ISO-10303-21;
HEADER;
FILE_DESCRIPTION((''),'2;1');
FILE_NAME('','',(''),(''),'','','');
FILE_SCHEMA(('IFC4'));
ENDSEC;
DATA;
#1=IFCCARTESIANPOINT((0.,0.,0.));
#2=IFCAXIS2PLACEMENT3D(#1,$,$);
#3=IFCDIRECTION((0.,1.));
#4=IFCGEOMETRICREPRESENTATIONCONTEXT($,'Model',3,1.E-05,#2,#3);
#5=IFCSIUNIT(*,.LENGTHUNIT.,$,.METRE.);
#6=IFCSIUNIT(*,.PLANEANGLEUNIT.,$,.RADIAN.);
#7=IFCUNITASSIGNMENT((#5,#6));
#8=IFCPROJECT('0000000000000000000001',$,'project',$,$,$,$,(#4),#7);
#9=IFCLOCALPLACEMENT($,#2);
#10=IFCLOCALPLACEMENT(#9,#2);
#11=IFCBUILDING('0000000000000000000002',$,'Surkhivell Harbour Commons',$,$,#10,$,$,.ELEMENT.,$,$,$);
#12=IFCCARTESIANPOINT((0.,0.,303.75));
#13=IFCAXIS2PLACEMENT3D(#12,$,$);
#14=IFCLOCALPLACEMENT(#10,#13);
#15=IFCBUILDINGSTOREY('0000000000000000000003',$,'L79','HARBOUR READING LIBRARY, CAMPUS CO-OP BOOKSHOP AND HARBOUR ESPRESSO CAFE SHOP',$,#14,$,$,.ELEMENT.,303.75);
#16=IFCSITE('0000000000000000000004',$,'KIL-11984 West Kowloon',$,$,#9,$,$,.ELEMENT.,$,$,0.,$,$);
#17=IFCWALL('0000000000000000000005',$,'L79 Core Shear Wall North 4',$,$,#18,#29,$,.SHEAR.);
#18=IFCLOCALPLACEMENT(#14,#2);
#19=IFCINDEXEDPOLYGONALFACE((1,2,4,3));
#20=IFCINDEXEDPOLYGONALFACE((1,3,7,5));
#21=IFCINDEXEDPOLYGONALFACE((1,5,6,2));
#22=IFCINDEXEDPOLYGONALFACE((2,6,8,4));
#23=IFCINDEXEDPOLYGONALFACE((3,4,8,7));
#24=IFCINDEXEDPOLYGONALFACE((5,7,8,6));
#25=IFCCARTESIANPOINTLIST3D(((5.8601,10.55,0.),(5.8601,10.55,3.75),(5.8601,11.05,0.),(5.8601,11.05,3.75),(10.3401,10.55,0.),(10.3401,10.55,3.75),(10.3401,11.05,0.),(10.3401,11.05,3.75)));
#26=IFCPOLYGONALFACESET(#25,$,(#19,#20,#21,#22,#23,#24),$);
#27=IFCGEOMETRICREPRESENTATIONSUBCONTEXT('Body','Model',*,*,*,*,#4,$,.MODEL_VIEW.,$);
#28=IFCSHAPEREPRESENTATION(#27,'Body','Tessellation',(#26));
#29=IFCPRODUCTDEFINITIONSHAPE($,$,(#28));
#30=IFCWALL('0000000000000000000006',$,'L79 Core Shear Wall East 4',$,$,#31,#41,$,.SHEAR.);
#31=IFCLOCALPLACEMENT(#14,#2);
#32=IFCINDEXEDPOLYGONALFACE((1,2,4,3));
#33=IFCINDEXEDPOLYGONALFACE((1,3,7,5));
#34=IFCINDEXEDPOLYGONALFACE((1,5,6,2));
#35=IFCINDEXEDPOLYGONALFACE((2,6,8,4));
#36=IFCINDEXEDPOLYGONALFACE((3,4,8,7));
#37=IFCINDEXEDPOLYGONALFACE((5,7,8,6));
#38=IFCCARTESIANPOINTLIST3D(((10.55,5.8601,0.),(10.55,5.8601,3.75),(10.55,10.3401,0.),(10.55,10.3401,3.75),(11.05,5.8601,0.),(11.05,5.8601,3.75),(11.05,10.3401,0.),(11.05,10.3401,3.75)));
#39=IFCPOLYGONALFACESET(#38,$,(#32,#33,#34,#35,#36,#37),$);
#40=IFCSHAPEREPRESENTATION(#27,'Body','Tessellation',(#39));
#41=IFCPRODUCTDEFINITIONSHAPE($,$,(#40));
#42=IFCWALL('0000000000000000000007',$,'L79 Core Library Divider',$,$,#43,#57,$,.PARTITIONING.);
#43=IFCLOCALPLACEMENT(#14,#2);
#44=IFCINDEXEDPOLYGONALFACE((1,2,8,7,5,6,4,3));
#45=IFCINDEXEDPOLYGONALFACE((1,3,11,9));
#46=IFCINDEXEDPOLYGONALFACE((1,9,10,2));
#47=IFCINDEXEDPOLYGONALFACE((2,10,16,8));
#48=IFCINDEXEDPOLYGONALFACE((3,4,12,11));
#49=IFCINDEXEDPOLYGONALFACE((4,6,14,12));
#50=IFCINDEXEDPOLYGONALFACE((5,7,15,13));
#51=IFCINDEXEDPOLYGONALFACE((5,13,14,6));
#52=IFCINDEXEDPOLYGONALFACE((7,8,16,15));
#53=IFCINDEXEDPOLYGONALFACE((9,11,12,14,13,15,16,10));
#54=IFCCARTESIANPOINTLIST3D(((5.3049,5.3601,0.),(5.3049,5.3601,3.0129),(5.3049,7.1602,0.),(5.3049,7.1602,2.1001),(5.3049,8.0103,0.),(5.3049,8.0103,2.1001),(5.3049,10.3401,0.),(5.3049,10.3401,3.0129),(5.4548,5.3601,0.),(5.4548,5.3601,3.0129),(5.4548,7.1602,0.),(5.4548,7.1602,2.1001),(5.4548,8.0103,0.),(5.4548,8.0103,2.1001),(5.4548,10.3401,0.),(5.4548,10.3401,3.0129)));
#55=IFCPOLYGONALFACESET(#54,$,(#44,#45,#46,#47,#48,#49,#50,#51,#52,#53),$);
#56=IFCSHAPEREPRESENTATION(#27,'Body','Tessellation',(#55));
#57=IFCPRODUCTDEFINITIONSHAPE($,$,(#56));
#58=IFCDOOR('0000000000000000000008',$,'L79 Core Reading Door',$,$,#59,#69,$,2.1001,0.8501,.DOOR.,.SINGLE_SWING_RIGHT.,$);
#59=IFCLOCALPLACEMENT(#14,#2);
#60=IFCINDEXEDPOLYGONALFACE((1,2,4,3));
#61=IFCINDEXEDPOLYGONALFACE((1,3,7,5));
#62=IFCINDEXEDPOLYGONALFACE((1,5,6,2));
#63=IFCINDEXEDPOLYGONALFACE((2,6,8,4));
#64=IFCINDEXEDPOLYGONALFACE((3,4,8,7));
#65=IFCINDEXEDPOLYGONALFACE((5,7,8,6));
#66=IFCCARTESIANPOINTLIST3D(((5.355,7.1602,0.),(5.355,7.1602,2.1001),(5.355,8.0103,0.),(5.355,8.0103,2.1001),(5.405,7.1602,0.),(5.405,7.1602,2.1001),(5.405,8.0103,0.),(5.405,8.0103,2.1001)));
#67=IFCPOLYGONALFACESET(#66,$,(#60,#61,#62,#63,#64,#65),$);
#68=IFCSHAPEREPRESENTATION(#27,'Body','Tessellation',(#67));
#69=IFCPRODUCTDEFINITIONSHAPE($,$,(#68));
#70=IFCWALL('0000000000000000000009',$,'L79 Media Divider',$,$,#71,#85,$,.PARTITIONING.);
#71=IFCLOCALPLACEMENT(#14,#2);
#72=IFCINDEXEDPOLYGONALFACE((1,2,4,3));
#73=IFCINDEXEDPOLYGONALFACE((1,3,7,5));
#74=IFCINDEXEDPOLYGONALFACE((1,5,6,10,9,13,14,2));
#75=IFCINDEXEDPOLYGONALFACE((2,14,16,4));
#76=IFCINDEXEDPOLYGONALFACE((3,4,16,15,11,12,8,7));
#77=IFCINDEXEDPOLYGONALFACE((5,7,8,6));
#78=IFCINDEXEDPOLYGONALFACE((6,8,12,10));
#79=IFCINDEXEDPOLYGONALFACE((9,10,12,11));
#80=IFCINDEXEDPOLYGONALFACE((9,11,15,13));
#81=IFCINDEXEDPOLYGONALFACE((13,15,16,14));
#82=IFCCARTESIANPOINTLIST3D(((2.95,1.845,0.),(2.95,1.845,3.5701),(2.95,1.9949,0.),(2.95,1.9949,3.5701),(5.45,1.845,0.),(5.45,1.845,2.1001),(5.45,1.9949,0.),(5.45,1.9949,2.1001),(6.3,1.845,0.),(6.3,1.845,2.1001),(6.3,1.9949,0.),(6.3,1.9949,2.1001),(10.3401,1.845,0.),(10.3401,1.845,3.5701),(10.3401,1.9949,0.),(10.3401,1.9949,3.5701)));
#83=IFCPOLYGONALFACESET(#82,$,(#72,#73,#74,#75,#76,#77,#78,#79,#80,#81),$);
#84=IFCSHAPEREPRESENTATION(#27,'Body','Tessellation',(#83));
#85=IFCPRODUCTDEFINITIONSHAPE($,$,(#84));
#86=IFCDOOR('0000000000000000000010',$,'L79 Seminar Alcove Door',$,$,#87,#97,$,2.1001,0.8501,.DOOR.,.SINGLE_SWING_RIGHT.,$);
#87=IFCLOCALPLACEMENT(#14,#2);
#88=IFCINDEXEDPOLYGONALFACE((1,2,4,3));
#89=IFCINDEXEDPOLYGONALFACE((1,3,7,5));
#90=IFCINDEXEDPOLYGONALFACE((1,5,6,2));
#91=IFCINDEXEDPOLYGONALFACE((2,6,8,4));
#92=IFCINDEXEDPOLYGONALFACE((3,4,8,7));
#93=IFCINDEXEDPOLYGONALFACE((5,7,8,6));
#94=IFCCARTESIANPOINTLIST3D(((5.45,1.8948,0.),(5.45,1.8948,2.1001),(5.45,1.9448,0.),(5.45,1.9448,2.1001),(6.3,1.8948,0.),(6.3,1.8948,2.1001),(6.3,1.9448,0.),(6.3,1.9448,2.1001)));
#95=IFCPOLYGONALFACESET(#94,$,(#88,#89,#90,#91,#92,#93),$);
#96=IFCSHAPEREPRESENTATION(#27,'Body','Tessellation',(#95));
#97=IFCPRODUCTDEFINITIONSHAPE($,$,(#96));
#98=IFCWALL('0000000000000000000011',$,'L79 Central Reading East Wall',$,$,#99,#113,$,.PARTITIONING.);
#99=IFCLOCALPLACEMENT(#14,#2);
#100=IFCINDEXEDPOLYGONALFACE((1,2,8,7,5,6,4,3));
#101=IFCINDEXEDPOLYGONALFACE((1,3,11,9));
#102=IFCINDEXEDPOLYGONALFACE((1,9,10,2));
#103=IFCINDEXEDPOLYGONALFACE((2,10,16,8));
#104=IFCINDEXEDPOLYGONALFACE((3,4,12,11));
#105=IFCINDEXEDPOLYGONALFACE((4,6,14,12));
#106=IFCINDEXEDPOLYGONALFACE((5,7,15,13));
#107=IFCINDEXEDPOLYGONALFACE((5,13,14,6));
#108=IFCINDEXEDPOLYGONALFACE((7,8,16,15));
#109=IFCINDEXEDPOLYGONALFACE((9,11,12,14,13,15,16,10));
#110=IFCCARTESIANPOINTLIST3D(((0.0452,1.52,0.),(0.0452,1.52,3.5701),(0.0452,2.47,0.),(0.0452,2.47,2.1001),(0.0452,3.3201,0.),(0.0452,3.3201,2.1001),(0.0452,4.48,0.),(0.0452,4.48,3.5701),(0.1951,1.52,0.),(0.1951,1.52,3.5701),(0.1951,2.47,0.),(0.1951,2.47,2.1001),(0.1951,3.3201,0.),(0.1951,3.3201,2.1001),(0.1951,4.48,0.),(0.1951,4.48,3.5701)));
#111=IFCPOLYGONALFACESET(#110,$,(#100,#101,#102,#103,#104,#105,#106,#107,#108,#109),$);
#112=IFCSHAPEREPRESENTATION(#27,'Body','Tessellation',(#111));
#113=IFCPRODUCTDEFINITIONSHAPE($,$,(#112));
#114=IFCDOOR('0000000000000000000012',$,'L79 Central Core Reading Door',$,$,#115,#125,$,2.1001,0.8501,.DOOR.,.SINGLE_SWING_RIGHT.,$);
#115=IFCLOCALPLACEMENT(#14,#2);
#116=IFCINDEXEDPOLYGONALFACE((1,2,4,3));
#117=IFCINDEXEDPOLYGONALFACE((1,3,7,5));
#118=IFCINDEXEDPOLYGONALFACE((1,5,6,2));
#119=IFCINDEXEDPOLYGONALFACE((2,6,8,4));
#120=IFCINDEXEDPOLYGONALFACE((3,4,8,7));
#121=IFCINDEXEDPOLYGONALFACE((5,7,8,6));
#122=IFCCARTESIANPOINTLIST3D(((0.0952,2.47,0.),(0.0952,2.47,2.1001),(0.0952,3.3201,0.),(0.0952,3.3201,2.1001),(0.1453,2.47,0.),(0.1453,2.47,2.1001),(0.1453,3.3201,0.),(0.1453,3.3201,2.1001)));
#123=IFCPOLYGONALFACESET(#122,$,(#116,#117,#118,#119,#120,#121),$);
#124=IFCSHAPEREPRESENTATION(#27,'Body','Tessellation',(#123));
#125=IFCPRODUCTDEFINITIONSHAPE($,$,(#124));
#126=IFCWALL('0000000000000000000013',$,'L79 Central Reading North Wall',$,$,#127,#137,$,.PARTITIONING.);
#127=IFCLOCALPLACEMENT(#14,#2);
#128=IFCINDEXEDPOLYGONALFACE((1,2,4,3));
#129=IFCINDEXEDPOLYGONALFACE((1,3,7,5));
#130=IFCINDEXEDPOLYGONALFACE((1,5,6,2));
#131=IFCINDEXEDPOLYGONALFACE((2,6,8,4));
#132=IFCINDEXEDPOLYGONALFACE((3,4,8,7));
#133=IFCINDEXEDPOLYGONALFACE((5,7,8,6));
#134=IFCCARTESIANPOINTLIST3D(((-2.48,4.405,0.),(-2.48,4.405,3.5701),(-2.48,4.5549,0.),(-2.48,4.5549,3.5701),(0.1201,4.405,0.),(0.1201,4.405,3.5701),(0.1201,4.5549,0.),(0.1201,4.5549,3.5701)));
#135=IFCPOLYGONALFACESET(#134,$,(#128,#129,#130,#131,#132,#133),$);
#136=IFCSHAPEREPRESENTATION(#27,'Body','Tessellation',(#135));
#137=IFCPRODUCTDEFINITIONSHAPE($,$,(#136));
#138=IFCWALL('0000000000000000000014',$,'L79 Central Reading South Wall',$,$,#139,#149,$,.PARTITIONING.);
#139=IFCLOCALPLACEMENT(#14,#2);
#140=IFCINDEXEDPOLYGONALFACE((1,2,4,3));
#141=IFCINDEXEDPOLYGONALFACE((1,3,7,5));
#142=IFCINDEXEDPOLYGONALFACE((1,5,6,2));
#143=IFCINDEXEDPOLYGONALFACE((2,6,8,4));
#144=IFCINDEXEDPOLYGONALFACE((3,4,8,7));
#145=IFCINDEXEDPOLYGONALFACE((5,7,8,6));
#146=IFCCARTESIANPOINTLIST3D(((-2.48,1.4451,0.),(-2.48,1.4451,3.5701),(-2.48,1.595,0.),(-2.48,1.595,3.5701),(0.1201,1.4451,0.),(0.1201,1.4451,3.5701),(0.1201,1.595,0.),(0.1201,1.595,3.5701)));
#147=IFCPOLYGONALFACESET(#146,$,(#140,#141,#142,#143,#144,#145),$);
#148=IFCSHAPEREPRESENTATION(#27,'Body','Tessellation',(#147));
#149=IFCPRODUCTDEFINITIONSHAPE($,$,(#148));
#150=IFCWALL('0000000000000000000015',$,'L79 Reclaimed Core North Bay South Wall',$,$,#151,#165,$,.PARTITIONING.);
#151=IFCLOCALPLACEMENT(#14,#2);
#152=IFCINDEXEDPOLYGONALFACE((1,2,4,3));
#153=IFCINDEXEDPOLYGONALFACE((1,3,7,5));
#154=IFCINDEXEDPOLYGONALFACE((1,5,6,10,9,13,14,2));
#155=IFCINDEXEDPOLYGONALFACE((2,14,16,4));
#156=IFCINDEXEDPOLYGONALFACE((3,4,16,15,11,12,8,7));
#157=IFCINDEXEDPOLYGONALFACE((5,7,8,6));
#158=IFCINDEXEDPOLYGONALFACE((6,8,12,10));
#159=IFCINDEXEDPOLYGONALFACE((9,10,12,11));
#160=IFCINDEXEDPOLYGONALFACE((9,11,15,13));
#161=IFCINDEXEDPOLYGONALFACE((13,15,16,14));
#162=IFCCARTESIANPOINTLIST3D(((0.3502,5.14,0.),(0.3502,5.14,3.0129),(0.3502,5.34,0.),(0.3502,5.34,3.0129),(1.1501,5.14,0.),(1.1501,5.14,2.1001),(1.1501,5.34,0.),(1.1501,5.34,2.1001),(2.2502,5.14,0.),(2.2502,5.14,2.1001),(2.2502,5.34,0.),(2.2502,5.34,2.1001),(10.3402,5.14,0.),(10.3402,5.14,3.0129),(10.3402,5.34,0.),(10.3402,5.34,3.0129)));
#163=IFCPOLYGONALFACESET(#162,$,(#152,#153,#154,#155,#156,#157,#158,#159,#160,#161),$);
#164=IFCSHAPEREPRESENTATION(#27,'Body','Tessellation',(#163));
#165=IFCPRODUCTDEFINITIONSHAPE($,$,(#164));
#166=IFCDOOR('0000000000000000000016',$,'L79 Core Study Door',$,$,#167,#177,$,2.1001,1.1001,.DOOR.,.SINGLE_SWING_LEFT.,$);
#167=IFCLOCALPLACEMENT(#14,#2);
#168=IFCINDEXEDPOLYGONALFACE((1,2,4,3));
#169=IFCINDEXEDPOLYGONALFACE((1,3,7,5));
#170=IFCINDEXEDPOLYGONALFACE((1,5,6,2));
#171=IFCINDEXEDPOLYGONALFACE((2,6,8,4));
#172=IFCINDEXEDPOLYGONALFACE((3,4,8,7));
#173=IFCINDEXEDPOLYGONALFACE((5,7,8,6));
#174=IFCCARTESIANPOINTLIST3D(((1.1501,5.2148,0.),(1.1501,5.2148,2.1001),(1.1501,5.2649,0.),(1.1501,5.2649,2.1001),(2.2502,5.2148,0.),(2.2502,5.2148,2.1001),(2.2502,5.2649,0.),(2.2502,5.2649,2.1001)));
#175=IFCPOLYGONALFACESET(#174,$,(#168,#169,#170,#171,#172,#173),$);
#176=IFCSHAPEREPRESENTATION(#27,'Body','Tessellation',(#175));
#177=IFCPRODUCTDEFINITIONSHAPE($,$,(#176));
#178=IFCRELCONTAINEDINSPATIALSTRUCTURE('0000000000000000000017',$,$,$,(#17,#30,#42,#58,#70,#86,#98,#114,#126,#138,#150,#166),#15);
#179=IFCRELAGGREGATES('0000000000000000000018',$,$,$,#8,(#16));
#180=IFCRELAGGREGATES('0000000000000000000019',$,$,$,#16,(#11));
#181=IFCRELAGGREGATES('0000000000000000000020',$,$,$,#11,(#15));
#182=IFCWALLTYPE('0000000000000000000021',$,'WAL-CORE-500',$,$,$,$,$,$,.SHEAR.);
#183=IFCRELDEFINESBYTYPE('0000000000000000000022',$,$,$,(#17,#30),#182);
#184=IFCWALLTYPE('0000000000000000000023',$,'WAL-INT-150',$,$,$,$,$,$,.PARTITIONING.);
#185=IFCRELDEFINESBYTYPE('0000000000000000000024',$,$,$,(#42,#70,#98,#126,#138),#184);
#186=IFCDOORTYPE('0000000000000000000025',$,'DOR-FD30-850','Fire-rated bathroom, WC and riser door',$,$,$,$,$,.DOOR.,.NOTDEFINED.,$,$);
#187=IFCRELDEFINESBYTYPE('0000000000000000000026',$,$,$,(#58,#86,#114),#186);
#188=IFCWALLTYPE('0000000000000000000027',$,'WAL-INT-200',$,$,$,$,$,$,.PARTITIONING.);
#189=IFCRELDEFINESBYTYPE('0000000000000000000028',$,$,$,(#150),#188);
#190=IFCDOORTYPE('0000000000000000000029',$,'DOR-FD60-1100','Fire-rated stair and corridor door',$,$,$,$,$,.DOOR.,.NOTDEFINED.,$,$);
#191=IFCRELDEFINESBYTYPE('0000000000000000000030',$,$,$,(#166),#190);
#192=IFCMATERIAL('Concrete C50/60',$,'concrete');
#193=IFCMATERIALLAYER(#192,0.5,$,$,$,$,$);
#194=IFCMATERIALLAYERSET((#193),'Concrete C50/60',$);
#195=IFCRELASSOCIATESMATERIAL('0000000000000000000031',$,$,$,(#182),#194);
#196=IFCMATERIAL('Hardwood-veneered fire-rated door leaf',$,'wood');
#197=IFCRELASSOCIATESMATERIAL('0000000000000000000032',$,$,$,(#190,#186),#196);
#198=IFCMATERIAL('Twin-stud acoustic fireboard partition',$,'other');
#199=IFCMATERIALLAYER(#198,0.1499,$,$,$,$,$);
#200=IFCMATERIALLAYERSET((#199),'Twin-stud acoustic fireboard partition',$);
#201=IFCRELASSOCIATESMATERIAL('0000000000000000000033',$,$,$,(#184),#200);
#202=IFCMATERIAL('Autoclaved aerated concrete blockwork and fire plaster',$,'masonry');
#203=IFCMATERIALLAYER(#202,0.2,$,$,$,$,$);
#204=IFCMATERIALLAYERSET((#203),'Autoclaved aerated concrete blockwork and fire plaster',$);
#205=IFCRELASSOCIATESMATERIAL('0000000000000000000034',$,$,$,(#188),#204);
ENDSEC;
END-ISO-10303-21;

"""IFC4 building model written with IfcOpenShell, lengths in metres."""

from ifc_helpers import new_model, si_unit, direction, frame, frame_2d, origin, place, context, subcontext, project, spatial, rectangle, extrude, material, layer, layer_set, type_object, element, fill, save


model = new_model("IFC4")

# Units and contexts
model_context = context("Model", 3, precision=1e-05, world=origin(), true_north=direction((0.0, 1.0)))
body_context = subcontext(model_context, "Body", "Model", "MODEL_VIEW")
ifc_project = project(units=[si_unit("LENGTHUNIT", "METRE"), si_unit("PLANEANGLEUNIT", "RADIAN")], contexts=[model_context])

# Site, building, storey
site_placement = place(None, origin())
site = spatial("IfcSite", under=ifc_project, at=site_placement, Name="KIL-11984 West Kowloon", CompositionType="ELEMENT", RefElevation=0.0)
building_placement = place(site_placement, origin())
building = spatial("IfcBuilding", under=site, at=building_placement, Name="Surkhivell Harbour Commons", CompositionType="ELEMENT")
storey_placement = place(building_placement, frame((0.0, 0.0, 303.75)))
storey = spatial("IfcBuildingStorey", under=building, at=storey_placement, Name="L79", Description="HARBOUR READING LIBRARY, CAMPUS CO-OP BOOKSHOP AND HARBOUR ESPRESSO CAFE SHOP", CompositionType="ELEMENT", Elevation=303.75)

# Shared definitions
ifc_material_1 = material(Name="Concrete C50/60", Category="concrete")
ifc_layer_1 = layer(ifc_material_1, 0.5)
ifc_layer_set_1 = layer_set([ifc_layer_1], Name="Concrete C50/60")
wall_type_1 = type_object("IfcWallType", Name="WAL-CORE-500", PredefinedType="SHEAR", material=ifc_layer_set_1)
ifc_material_2 = material(Name="Hardwood-veneered fire-rated door leaf", Category="wood")
door_type_1 = type_object("IfcDoorType", Name="DOR-FD60-1100", Description="Fire-rated stair and corridor door", OperationType="NOTDEFINED", PredefinedType="DOOR", material=ifc_material_2)

# Walls
for number, where, z_axis, x_axis, name in (
    (1, (5.8601, 10.8, 0.0), (0.0, 0.0, 1.0), (1.0, 0.0, 0.0), "L79 Core Shear Wall North 4"),
    (2, (10.8, 5.8601, 0.0), (0.0, 0.0, 1.0), (0.0, 1.0, 0.0), "L79 Core Shear Wall East 4"),
):
    element("IfcWall", number, at=place(storey_placement, frame(where, z_axis=z_axis, x_axis=x_axis)), inside=storey, type_object=wall_type_1, Name=name, PredefinedType="SHEAR", context=body_context, shape_type="SweptSolid", body=[
        extrude(rectangle(XDim=4.48, YDim=0.5, at=frame_2d((2.24, 0.0))), origin(), (0.0, 0.0, 1.0), 3.75),
    ])

# Walls, openings, doors
ifc_material_3 = material(Name="Twin-stud acoustic fireboard partition", Category="other")
ifc_layer_2 = layer(ifc_material_3, 0.1499)
ifc_layer_set_2 = layer_set([ifc_layer_2], Name="Twin-stud acoustic fireboard partition")
wall_type_2 = type_object("IfcWallType", Name="WAL-INT-150", PredefinedType="PARTITIONING", material=ifc_layer_set_2)
wall_1_placement = place(storey_placement, frame((5.3799, 5.3601, 0.0), z_axis=(0.0, 0.0, 1.0), x_axis=(0.0, 1.0, 0.0)))
wall_1 = element("IfcWall", 3, at=wall_1_placement, inside=storey, type_object=wall_type_2, Name="L79 Core Library Divider", PredefinedType="PARTITIONING", context=body_context, shape_type="SweptSolid", body=[
    extrude(rectangle(XDim=4.98, YDim=0.1499, at=frame_2d((2.49, 0.0))), origin(), (0.0, 0.0, 1.0), 3.0129),
])
opening_1_placement = place(wall_1_placement, frame((1.8, 0.0, 0.0)))
opening_1 = element("IfcOpeningElement", 4, at=opening_1_placement, cuts=wall_1, PredefinedType="OPENING", context=body_context, shape_type="SweptSolid", body=[
    extrude(rectangle(XDim=0.8501, YDim=2.1001, at=frame_2d((0.425, 1.05))), frame((0.0, 0.085, 0.0), z_axis=(0.0, -1.0, 0.0), x_axis=(1.0, 0.0, 0.0)), (0.0, 0.0, 1.0), 0.1699),
])
door_type_2 = type_object("IfcDoorType", Name="DOR-FD30-850", Description="Fire-rated bathroom, WC and riser door", OperationType="NOTDEFINED", PredefinedType="DOOR", material=ifc_material_2)
door_1_placement = place(opening_1_placement, origin())
door_1 = element("IfcDoor", 5, at=door_1_placement, inside=storey, type_object=door_type_2, Name="L79 Core Reading Door", OperationType="SINGLE_SWING_RIGHT", OverallHeight=2.1001, OverallWidth=0.8501, PredefinedType="DOOR", context=body_context, shape_type="SweptSolid", body=[
    extrude(rectangle(XDim=0.8501, YDim=2.1001, at=frame_2d((0.425, 1.05))), frame((0.0, 0.0249, 0.0), z_axis=(0.0, -1.0, 0.0), x_axis=(1.0, 0.0, 0.0)), (0.0, 0.0, 1.0), 0.05),
])
fill(opening_1, door_1)
wall_2_placement = place(storey_placement, frame((2.95, 1.9199, 0.0), z_axis=(0.0, 0.0, 1.0), x_axis=(1.0, 0.0, 0.0)))
wall_2 = element("IfcWall", 6, at=wall_2_placement, inside=storey, type_object=wall_type_2, Name="L79 Media Divider", PredefinedType="PARTITIONING", context=body_context, shape_type="SweptSolid", body=[
    extrude(rectangle(XDim=7.3901, YDim=0.1499, at=frame_2d((3.6951, 0.0))), origin(), (0.0, 0.0, 1.0), 3.5701),
])
opening_2_placement = place(wall_2_placement, frame((2.5, 0.0, 0.0)))
opening_2 = element("IfcOpeningElement", 7, at=opening_2_placement, cuts=wall_2, PredefinedType="OPENING", context=body_context, shape_type="SweptSolid", body=[
    extrude(rectangle(XDim=0.8501, YDim=2.1001, at=frame_2d((0.425, 1.05))), frame((0.0, 0.085, 0.0), z_axis=(0.0, -1.0, 0.0), x_axis=(1.0, 0.0, 0.0)), (0.0, 0.0, 1.0), 0.1699),
])
door_2_placement = place(opening_2_placement, origin())
door_2 = element("IfcDoor", 8, at=door_2_placement, inside=storey, type_object=door_type_2, Name="L79 Seminar Alcove Door", OperationType="SINGLE_SWING_RIGHT", OverallHeight=2.1001, OverallWidth=0.8501, PredefinedType="DOOR", context=body_context, shape_type="SweptSolid", body=[
    extrude(rectangle(XDim=0.8501, YDim=2.1001, at=frame_2d((0.425, 1.05))), frame((0.0, 0.0249, 0.0), z_axis=(0.0, -1.0, 0.0), x_axis=(1.0, 0.0, 0.0)), (0.0, 0.0, 1.0), 0.05),
])
fill(opening_2, door_2)
wall_3_placement = place(storey_placement, frame((0.1201, 1.52, 0.0), z_axis=(0.0, 0.0, 1.0), x_axis=(0.0, 1.0, 0.0)))
wall_3 = element("IfcWall", 9, at=wall_3_placement, inside=storey, type_object=wall_type_2, Name="L79 Central Reading East Wall", PredefinedType="PARTITIONING", context=body_context, shape_type="SweptSolid", body=[
    extrude(rectangle(XDim=2.96, YDim=0.1499, at=frame_2d((1.48, 0.0))), origin(), (0.0, 0.0, 1.0), 3.5701),
])
opening_3_placement = place(wall_3_placement, frame((0.95, 0.0, 0.0)))
opening_3 = element("IfcOpeningElement", 10, at=opening_3_placement, cuts=wall_3, PredefinedType="OPENING", context=body_context, shape_type="SweptSolid", body=[
    extrude(rectangle(XDim=0.8501, YDim=2.1001, at=frame_2d((0.425, 1.05))), frame((0.0, 0.085, 0.0), z_axis=(0.0, -1.0, 0.0), x_axis=(1.0, 0.0, 0.0)), (0.0, 0.0, 1.0), 0.1699),
])
door_3_placement = place(opening_3_placement, origin())
door_3 = element("IfcDoor", 11, at=door_3_placement, inside=storey, type_object=door_type_2, Name="L79 Central Core Reading Door", OperationType="SINGLE_SWING_RIGHT", OverallHeight=2.1001, OverallWidth=0.8501, PredefinedType="DOOR", context=body_context, shape_type="SweptSolid", body=[
    extrude(rectangle(XDim=0.8501, YDim=2.1001, at=frame_2d((0.425, 1.05))), frame((0.0, 0.0249, 0.0), z_axis=(0.0, -1.0, 0.0), x_axis=(1.0, 0.0, 0.0)), (0.0, 0.0, 1.0), 0.05),
])
fill(opening_3, door_3)

# Walls
for number, where, z_axis, x_axis, name in (
    (12, (-2.48, 4.48, 0.0), (0.0, 0.0, 1.0), (1.0, 0.0, 0.0), "L79 Central Reading North Wall"),
    (13, (-2.48, 1.52, 0.0), (0.0, 0.0, 1.0), (1.0, 0.0, 0.0), "L79 Central Reading South Wall"),
):
    element("IfcWall", number, at=place(storey_placement, frame(where, z_axis=z_axis, x_axis=x_axis)), inside=storey, type_object=wall_type_2, Name=name, PredefinedType="PARTITIONING", context=body_context, shape_type="SweptSolid", body=[
        extrude(rectangle(XDim=2.6001, YDim=0.1499, at=frame_2d((1.3, 0.0))), origin(), (0.0, 0.0, 1.0), 3.5701),
    ])

# Wall, opening, door
ifc_material_4 = material(Name="Autoclaved aerated concrete blockwork and fire plaster", Category="masonry")
ifc_layer_3 = layer(ifc_material_4, 0.2)
ifc_layer_set_3 = layer_set([ifc_layer_3], Name="Autoclaved aerated concrete blockwork and fire plaster")
wall_type_3 = type_object("IfcWallType", Name="WAL-INT-200", PredefinedType="PARTITIONING", material=ifc_layer_set_3)
wall_4_placement = place(storey_placement, frame((0.3501, 5.24, 0.0), z_axis=(0.0, 0.0, 1.0), x_axis=(1.0, 0.0, 0.0)))
wall_4 = element("IfcWall", 14, at=wall_4_placement, inside=storey, type_object=wall_type_3, Name="L79 Reclaimed Core North Bay South Wall", PredefinedType="PARTITIONING", context=body_context, shape_type="SweptSolid", body=[
    extrude(rectangle(XDim=9.99, YDim=0.2, at=frame_2d((4.9951, 0.0))), origin(), (0.0, 0.0, 1.0), 3.0129),
])
opening_4_placement = place(wall_4_placement, frame((0.8, 0.0, 0.0)))
opening_4 = element("IfcOpeningElement", 15, at=opening_4_placement, cuts=wall_4, PredefinedType="OPENING", context=body_context, shape_type="SweptSolid", body=[
    extrude(rectangle(XDim=1.1001, YDim=2.1001, at=frame_2d((0.55, 1.05))), frame((0.0, 0.1099, 0.0), z_axis=(0.0, -1.0, 0.0), x_axis=(1.0, 0.0, 0.0)), (0.0, 0.0, 1.0), 0.22),
])
door_4_placement = place(opening_4_placement, origin())
door_4 = element("IfcDoor", 16, at=door_4_placement, inside=storey, type_object=door_type_1, Name="L79 Core Study Door", OperationType="SINGLE_SWING_LEFT", OverallHeight=2.1001, OverallWidth=1.1001, PredefinedType="DOOR", context=body_context, shape_type="SweptSolid", body=[
    extrude(rectangle(XDim=1.1001, YDim=2.1001, at=frame_2d((0.55, 1.05))), frame((0.0, 0.0249, 0.0), z_axis=(0.0, -1.0, 0.0), x_axis=(1.0, 0.0, 0.0)), (0.0, 0.0, 1.0), 0.05),
])
fill(opening_4, door_4)

save(model, "model.ifc")
